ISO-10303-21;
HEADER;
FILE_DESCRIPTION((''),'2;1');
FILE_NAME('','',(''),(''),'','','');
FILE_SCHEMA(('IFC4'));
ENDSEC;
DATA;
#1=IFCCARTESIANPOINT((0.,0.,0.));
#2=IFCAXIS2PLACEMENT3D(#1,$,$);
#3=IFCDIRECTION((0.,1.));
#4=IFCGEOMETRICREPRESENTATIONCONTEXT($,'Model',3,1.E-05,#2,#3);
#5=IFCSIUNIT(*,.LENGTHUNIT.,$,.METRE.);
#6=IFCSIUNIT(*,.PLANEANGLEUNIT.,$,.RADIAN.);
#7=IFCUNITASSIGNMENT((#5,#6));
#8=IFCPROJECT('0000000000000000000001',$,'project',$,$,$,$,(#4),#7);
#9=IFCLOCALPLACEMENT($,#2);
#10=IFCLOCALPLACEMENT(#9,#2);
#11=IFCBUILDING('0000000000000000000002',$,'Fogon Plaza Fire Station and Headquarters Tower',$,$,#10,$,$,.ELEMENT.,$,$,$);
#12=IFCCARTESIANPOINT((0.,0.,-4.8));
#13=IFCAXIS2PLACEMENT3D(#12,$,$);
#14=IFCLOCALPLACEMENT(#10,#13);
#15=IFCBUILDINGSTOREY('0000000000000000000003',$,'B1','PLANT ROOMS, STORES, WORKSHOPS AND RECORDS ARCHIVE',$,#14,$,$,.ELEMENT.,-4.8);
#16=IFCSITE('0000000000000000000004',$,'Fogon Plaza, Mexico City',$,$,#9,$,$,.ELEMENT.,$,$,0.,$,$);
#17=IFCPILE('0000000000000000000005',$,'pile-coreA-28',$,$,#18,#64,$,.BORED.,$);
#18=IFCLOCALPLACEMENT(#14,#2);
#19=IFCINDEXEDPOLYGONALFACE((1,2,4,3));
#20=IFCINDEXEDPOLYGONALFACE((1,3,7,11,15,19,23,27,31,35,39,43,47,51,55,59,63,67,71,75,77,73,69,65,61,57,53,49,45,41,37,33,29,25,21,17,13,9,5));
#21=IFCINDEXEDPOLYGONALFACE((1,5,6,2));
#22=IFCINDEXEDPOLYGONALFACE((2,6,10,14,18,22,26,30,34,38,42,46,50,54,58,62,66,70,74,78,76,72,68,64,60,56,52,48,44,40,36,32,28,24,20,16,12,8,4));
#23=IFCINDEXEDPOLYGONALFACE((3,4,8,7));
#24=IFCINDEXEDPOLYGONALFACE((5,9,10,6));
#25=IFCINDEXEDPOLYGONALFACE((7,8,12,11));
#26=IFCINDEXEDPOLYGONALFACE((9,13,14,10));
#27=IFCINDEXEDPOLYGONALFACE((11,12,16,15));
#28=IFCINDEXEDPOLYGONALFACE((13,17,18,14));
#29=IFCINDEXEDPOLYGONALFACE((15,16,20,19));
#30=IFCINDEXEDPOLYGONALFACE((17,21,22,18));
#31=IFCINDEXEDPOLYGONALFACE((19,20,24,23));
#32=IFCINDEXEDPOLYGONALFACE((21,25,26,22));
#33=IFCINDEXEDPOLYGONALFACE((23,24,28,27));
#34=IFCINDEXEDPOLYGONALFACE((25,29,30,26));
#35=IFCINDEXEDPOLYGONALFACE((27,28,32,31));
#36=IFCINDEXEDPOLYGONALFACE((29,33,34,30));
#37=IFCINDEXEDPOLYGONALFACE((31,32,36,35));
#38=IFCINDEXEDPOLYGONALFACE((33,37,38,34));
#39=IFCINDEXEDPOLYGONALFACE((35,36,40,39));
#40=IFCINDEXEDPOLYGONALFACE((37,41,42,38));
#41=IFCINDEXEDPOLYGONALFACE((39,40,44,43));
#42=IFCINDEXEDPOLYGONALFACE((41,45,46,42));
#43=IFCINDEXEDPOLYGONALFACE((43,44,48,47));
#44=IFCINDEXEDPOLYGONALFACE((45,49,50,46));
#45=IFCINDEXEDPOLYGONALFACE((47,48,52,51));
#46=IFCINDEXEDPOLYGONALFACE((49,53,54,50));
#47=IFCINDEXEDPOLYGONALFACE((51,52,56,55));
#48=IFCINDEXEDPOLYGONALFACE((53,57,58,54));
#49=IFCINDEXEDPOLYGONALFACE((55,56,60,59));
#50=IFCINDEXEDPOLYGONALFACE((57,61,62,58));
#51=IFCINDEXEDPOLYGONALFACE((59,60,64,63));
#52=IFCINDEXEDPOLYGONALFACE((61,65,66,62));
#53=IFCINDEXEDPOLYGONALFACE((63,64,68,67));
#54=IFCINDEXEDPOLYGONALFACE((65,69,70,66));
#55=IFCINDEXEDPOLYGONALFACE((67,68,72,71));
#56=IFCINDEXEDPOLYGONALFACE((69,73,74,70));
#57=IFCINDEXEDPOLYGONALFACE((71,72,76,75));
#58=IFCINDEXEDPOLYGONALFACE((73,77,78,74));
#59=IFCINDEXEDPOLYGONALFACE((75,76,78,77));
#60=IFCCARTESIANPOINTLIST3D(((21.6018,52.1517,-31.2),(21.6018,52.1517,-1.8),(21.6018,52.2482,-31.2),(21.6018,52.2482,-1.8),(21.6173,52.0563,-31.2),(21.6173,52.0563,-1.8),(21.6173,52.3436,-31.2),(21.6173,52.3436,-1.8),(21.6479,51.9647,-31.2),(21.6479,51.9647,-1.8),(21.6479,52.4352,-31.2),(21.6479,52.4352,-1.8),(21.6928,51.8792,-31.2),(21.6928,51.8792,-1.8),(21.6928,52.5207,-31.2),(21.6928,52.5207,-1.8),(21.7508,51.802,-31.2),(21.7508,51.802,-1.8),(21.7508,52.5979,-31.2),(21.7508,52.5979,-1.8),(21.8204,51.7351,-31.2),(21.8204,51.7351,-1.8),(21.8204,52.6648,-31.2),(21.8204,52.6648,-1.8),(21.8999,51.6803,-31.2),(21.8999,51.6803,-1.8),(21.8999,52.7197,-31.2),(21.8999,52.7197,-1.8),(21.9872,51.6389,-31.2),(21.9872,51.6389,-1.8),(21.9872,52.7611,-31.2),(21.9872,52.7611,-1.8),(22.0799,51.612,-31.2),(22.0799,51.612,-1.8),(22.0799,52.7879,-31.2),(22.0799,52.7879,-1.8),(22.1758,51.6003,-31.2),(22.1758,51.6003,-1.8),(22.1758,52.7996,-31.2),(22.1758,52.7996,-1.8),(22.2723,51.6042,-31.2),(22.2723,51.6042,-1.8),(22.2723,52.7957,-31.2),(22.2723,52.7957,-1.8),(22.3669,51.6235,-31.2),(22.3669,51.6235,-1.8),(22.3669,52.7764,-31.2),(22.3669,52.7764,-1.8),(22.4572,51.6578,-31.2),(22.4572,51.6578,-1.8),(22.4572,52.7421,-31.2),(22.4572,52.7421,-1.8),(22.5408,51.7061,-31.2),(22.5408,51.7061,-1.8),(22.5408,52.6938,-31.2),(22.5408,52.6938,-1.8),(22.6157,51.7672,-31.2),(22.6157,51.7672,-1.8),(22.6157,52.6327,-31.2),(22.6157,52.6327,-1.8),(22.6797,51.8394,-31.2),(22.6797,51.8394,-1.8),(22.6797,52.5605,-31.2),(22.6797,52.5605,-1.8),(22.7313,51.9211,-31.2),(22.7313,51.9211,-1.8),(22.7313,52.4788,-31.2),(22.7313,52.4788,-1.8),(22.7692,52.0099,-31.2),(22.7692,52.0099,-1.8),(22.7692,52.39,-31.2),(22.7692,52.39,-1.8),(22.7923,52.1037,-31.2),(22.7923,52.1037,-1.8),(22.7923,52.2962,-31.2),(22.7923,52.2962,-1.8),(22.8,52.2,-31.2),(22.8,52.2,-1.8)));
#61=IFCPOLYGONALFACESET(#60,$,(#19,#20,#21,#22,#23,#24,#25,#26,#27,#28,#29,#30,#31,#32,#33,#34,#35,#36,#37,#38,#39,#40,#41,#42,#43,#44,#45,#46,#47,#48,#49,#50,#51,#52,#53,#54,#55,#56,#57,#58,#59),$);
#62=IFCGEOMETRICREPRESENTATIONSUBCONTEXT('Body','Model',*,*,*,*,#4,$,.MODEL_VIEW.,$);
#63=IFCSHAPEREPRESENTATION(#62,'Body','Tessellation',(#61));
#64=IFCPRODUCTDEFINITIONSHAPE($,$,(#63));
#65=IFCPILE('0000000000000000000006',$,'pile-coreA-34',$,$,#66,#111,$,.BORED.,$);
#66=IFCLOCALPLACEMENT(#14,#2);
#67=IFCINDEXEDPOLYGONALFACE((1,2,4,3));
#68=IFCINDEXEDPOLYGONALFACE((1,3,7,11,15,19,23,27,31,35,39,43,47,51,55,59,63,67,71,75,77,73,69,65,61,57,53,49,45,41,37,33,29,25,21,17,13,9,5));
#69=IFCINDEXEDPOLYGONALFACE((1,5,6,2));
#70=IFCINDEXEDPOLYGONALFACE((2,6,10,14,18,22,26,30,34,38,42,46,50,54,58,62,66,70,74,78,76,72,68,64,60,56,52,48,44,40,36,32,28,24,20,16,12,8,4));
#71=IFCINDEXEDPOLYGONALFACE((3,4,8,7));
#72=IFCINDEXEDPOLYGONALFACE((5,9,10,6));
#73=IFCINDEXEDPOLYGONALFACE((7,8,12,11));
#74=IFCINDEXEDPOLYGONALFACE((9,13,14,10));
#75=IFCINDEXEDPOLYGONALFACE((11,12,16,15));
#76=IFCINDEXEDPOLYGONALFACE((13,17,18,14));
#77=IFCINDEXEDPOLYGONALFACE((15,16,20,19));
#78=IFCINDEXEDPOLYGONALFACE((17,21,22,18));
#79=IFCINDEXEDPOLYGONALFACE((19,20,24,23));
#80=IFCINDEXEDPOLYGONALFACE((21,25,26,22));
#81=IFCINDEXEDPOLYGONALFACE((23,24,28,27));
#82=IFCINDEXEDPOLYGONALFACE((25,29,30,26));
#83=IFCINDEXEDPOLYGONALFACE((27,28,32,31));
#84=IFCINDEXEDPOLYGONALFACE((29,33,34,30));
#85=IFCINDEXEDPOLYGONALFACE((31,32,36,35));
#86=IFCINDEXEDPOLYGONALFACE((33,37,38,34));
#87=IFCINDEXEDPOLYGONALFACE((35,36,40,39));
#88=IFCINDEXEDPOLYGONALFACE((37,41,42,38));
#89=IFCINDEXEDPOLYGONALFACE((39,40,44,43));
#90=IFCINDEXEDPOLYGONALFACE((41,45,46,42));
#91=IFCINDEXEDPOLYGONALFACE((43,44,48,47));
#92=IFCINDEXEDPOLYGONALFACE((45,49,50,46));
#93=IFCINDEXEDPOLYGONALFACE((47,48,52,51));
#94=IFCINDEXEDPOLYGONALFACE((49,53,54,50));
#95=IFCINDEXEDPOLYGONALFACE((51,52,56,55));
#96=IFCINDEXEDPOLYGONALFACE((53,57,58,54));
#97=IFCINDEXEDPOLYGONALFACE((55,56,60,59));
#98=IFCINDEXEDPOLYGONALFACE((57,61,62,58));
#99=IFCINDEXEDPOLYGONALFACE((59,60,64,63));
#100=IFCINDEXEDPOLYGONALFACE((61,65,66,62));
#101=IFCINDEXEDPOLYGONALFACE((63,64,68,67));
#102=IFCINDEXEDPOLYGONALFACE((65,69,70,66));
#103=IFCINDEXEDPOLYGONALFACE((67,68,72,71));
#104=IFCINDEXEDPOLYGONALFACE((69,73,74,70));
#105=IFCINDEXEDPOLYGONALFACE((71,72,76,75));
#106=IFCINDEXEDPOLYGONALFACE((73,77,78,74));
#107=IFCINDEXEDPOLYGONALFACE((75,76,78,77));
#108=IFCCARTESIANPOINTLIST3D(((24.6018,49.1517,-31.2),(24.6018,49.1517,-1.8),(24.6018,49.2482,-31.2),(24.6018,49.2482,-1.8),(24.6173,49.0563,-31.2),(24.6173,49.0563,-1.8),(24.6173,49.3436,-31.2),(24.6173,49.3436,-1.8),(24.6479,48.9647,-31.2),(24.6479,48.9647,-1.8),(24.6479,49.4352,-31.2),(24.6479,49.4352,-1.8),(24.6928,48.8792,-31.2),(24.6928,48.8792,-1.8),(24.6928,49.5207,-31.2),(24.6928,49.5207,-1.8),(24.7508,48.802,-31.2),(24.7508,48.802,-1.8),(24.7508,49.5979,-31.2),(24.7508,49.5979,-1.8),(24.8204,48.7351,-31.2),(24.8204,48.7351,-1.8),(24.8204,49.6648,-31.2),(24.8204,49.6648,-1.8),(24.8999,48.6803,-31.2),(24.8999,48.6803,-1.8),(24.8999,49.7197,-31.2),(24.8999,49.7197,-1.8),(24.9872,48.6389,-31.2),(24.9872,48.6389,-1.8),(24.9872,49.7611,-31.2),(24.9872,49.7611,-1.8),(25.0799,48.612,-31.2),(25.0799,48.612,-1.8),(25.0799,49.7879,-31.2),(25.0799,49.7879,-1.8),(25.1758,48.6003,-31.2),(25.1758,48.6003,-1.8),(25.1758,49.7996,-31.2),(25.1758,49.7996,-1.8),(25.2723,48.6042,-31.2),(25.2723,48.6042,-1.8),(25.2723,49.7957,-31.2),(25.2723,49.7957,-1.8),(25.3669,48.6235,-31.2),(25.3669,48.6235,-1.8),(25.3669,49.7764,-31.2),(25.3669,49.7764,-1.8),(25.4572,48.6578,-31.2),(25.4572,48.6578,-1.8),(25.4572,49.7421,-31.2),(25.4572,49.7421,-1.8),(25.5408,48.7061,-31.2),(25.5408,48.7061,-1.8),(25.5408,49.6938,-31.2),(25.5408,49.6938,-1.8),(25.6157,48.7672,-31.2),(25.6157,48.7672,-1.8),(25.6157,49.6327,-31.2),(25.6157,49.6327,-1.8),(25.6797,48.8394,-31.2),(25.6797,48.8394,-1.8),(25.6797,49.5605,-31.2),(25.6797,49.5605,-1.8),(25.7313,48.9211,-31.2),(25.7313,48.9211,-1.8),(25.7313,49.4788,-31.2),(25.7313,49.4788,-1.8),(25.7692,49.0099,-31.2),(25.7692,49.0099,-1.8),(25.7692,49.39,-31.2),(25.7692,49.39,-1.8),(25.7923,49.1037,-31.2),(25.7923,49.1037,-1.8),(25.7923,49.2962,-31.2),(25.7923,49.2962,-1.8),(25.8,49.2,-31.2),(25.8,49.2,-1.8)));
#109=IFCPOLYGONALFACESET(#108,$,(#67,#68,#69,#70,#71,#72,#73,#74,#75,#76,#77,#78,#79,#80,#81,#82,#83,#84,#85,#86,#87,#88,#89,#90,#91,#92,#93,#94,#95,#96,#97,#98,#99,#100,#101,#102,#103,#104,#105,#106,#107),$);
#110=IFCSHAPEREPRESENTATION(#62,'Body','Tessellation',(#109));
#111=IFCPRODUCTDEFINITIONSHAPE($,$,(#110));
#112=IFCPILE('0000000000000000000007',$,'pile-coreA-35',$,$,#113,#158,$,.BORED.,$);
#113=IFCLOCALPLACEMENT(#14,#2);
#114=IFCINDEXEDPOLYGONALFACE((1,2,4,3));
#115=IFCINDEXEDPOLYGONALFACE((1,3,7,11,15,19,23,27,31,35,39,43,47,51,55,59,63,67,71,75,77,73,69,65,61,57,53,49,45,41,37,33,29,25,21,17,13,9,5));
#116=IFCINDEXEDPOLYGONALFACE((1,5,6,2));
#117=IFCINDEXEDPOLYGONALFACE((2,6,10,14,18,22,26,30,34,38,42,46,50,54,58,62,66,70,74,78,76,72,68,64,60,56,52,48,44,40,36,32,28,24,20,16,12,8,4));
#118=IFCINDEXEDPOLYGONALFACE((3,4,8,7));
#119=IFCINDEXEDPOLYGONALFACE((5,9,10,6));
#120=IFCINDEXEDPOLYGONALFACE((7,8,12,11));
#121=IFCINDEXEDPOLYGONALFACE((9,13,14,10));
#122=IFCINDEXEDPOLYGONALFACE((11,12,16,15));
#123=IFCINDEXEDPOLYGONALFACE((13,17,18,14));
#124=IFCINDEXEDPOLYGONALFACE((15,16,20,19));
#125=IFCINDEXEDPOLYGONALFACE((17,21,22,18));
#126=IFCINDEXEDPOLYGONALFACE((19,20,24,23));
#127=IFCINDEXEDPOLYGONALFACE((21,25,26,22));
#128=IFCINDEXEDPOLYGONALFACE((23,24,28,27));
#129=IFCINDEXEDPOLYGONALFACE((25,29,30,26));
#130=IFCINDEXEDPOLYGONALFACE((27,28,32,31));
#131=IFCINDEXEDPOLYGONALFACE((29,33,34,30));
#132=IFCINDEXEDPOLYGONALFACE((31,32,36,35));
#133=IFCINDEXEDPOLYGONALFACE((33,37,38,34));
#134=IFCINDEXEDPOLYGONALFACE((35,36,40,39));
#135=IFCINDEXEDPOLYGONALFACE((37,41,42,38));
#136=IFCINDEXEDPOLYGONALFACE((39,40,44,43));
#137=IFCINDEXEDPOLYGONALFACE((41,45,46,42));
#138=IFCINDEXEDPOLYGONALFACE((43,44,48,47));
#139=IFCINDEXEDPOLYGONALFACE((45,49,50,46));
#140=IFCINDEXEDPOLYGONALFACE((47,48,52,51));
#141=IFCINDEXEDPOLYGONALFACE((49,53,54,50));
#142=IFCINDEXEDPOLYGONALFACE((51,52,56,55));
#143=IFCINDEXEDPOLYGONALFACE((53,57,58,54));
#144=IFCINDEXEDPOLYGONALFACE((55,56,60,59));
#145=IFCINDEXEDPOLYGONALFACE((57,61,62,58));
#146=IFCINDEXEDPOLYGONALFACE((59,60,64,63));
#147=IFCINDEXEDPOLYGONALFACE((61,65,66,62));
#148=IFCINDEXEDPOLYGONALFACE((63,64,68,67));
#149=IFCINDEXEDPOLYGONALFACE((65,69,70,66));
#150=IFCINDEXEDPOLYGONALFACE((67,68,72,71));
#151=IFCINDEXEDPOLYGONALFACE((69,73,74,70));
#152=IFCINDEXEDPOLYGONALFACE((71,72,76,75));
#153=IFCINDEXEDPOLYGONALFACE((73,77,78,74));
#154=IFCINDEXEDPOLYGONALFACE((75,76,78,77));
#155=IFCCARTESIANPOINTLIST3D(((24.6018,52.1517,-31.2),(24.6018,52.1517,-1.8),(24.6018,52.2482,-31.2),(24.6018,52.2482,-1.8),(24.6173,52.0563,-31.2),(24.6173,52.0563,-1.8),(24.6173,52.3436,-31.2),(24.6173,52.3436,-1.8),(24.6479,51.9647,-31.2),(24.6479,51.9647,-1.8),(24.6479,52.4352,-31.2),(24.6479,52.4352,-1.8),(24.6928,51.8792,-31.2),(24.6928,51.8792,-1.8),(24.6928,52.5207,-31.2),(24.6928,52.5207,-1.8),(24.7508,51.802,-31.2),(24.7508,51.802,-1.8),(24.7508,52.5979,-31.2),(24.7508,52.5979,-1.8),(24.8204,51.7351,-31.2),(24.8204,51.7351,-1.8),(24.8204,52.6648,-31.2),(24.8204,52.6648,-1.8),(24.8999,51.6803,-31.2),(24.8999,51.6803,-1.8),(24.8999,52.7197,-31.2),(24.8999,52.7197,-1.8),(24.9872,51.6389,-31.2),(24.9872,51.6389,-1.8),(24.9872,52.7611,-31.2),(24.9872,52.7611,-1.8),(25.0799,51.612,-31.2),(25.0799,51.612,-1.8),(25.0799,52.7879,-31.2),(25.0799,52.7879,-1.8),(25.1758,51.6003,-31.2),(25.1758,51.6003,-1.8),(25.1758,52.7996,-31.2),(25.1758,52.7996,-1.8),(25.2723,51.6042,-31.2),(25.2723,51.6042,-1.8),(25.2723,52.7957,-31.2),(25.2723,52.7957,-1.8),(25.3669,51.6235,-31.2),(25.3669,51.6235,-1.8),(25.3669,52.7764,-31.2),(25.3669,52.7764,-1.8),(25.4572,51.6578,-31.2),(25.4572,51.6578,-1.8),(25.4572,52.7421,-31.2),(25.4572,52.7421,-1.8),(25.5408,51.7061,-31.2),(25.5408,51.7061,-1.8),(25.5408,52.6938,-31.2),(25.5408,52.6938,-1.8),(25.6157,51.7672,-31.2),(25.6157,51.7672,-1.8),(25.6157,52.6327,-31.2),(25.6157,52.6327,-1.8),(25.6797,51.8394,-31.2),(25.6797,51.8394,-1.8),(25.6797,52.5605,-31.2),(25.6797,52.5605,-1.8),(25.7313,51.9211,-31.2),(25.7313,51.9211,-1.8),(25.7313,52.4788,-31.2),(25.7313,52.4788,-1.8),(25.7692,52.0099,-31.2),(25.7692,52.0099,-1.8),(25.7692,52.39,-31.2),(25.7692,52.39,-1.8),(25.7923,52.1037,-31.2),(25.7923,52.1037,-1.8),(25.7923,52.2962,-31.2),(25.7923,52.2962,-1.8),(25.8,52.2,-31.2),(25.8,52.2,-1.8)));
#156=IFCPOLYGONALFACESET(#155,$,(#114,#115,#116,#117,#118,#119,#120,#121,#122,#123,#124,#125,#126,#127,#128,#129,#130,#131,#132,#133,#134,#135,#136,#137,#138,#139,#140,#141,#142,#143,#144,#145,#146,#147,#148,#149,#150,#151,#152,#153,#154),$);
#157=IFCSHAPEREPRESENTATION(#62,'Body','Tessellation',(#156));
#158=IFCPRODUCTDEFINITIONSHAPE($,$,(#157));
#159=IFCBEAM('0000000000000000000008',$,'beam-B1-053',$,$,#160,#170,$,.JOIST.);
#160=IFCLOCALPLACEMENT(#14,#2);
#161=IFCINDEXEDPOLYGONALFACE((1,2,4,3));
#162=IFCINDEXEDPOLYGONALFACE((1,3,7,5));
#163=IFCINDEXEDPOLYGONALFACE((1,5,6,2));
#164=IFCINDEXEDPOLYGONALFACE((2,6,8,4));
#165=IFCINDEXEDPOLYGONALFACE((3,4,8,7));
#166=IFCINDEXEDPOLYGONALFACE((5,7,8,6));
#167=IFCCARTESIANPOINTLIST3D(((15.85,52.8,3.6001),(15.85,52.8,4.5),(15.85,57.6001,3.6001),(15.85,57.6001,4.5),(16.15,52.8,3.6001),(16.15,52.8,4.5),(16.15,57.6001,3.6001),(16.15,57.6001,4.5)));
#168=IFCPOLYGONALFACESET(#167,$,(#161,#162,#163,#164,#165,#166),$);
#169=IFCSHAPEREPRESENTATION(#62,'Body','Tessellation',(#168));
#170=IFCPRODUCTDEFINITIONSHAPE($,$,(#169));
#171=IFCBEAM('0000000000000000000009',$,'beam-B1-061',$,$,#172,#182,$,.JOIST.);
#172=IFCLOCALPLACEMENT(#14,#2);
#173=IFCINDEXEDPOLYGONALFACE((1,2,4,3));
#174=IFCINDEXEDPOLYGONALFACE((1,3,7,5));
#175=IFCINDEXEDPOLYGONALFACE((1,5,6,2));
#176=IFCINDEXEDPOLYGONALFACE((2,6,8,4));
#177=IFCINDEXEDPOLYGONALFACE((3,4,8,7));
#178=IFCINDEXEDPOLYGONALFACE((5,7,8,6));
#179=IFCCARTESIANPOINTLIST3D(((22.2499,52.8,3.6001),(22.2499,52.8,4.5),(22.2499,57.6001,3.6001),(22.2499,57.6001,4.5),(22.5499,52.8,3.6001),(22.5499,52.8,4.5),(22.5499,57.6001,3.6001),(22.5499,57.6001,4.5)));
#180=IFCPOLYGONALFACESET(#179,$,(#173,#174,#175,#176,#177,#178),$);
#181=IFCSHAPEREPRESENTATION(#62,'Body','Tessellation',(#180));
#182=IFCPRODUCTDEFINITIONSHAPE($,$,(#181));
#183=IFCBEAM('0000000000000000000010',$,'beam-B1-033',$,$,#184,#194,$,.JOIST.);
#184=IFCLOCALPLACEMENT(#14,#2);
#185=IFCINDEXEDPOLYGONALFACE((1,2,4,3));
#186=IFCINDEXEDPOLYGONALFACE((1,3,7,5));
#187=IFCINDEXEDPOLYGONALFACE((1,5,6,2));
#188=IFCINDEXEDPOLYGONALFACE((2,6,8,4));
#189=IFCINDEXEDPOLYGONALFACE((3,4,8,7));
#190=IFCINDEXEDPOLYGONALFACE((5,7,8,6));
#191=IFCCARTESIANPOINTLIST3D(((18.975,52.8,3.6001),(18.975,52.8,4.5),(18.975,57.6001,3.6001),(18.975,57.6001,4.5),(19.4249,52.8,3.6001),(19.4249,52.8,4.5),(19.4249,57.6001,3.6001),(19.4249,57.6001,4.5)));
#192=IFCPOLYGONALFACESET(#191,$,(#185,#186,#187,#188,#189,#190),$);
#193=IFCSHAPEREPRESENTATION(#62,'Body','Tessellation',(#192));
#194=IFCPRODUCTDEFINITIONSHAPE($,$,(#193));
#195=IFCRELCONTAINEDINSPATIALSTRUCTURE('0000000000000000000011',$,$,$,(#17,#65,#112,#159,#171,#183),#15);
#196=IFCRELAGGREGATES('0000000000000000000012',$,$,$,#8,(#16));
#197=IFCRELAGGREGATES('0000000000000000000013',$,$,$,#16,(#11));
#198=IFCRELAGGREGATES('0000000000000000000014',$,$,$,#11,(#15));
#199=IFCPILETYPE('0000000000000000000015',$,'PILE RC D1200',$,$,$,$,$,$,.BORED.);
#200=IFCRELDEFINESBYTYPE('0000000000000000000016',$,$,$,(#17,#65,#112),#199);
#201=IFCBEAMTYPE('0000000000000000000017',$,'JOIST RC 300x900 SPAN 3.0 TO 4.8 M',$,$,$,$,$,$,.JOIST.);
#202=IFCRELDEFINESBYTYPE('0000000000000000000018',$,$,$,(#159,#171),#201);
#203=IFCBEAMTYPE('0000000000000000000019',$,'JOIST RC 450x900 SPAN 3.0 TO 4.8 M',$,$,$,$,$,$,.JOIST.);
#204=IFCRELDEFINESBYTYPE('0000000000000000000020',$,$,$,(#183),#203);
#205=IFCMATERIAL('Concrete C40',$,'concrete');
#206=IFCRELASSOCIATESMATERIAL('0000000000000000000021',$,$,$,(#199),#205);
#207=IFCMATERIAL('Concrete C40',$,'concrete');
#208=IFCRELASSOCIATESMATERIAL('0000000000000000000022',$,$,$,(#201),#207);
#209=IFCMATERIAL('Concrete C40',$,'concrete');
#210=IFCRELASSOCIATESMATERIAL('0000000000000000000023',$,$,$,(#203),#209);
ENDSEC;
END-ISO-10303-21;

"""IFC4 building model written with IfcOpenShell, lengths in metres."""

from ifc_helpers import new_model, si_unit, direction, frame, origin, origin_2d, place, context, subcontext, project, spatial, rectangle, circle, extrude, material, material_profile, profile_set, type_object, element, save


model = new_model("IFC4")

# Units and contexts
model_context = context("Model", 3, precision=1e-05, world=origin(), true_north=direction((0.0, 1.0)))
body_context = subcontext(model_context, "Body", "Model", "MODEL_VIEW")
ifc_project = project(units=[si_unit("LENGTHUNIT", "METRE"), si_unit("PLANEANGLEUNIT", "RADIAN")], contexts=[model_context])

# Site, building, storey
site_placement = place(None, origin())
site = spatial("IfcSite", under=ifc_project, at=site_placement, Name="Fogon Plaza, Mexico City", CompositionType="ELEMENT", RefElevation=0.0)
building_placement = place(site_placement, origin())
building = spatial("IfcBuilding", under=site, at=building_placement, Name="Fogon Plaza Fire Station and Headquarters Tower", CompositionType="ELEMENT")
storey_placement = place(building_placement, frame((0.0, 0.0, -4.8)))
storey = spatial("IfcBuildingStorey", under=building, at=storey_placement, Name="B1", Description="PLANT ROOMS, STORES, WORKSHOPS AND RECORDS ARCHIVE", CompositionType="ELEMENT", Elevation=-4.8)

# Piles
ifc_material_1 = material(Name="Concrete C40", Category="concrete")
ifc_material_profile_1 = material_profile(ifc_material_1, circle(Radius=0.6001, at=origin_2d()), Name="RC D1200")
ifc_profile_set_1 = profile_set([ifc_material_profile_1], Name="Concrete C40")
pile_type_1 = type_object("IfcPileType", Name="PILE RC D1200", PredefinedType="BORED", material=ifc_profile_set_1)
for number, where, z_axis, x_axis, name in (
    (1, (22.2, 52.2, -1.8), (0.0, 0.0, -1.0), (1.0, 0.0, 0.0), "pile-coreA-28"),
    (2, (25.2, 49.2, -1.8), (0.0, 0.0, -1.0), (1.0, 0.0, 0.0), "pile-coreA-34"),
    (3, (25.2, 52.2, -1.8), (0.0, 0.0, -1.0), (1.0, 0.0, 0.0), "pile-coreA-35"),
):
    element("IfcPile", number, at=place(storey_placement, frame(where, z_axis=z_axis, x_axis=x_axis)), inside=storey, type_object=pile_type_1, Name=name, PredefinedType="BORED", context=body_context, shape_type="SweptSolid", body=[
        extrude(circle(Radius=0.6001, at=origin_2d()), origin(), (0.0, 0.0, 1.0), 29.3999),
    ])

# Beams
ifc_material_2 = material(Name="Concrete C40", Category="concrete")
ifc_material_profile_2 = material_profile(ifc_material_2, rectangle(XDim=0.3, YDim=0.8999, at=origin_2d()), Name="RC 300x900")
ifc_profile_set_2 = profile_set([ifc_material_profile_2], Name="Concrete C40")
beam_type_1 = type_object("IfcBeamType", Name="JOIST RC 300x900 SPAN 3.0 TO 4.8 M", PredefinedType="JOIST", material=ifc_profile_set_2)
for number, where, z_axis, x_axis, name in (
    (4, (16.0, 52.8, 4.05), (0.0, 1.0, 0.0), (-1.0, 0.0, 0.0), "beam-B1-053"),
    (5, (22.3999, 52.8, 4.05), (0.0, 1.0, 0.0), (-1.0, 0.0, 0.0), "beam-B1-061"),
):
    element("IfcBeam", number, at=place(storey_placement, frame(where, z_axis=z_axis, x_axis=x_axis)), inside=storey, type_object=beam_type_1, Name=name, PredefinedType="JOIST", context=body_context, shape_type="SweptSolid", body=[
        extrude(rectangle(XDim=0.3, YDim=0.8999, at=origin_2d()), origin(), (0.0, 0.0, 1.0), 4.8),
    ])
ifc_material_3 = material(Name="Concrete C40", Category="concrete")
ifc_material_profile_3 = material_profile(ifc_material_3, rectangle(XDim=0.45, YDim=0.8999, at=origin_2d()), Name="RC 450x900")
ifc_profile_set_3 = profile_set([ifc_material_profile_3], Name="Concrete C40")
beam_type_2 = type_object("IfcBeamType", Name="JOIST RC 450x900 SPAN 3.0 TO 4.8 M", PredefinedType="JOIST", material=ifc_profile_set_3)
beam_placement = place(storey_placement, frame((19.2, 52.8, 4.05), z_axis=(0.0, 1.0, 0.0), x_axis=(-1.0, 0.0, 0.0)))
element("IfcBeam", 6, at=beam_placement, inside=storey, type_object=beam_type_2, Name="beam-B1-033", PredefinedType="JOIST", context=body_context, shape_type="SweptSolid", body=[
    extrude(rectangle(XDim=0.45, YDim=0.8999, at=origin_2d()), origin(), (0.0, 0.0, 1.0), 4.8),
])

save(model, "model.ifc")
